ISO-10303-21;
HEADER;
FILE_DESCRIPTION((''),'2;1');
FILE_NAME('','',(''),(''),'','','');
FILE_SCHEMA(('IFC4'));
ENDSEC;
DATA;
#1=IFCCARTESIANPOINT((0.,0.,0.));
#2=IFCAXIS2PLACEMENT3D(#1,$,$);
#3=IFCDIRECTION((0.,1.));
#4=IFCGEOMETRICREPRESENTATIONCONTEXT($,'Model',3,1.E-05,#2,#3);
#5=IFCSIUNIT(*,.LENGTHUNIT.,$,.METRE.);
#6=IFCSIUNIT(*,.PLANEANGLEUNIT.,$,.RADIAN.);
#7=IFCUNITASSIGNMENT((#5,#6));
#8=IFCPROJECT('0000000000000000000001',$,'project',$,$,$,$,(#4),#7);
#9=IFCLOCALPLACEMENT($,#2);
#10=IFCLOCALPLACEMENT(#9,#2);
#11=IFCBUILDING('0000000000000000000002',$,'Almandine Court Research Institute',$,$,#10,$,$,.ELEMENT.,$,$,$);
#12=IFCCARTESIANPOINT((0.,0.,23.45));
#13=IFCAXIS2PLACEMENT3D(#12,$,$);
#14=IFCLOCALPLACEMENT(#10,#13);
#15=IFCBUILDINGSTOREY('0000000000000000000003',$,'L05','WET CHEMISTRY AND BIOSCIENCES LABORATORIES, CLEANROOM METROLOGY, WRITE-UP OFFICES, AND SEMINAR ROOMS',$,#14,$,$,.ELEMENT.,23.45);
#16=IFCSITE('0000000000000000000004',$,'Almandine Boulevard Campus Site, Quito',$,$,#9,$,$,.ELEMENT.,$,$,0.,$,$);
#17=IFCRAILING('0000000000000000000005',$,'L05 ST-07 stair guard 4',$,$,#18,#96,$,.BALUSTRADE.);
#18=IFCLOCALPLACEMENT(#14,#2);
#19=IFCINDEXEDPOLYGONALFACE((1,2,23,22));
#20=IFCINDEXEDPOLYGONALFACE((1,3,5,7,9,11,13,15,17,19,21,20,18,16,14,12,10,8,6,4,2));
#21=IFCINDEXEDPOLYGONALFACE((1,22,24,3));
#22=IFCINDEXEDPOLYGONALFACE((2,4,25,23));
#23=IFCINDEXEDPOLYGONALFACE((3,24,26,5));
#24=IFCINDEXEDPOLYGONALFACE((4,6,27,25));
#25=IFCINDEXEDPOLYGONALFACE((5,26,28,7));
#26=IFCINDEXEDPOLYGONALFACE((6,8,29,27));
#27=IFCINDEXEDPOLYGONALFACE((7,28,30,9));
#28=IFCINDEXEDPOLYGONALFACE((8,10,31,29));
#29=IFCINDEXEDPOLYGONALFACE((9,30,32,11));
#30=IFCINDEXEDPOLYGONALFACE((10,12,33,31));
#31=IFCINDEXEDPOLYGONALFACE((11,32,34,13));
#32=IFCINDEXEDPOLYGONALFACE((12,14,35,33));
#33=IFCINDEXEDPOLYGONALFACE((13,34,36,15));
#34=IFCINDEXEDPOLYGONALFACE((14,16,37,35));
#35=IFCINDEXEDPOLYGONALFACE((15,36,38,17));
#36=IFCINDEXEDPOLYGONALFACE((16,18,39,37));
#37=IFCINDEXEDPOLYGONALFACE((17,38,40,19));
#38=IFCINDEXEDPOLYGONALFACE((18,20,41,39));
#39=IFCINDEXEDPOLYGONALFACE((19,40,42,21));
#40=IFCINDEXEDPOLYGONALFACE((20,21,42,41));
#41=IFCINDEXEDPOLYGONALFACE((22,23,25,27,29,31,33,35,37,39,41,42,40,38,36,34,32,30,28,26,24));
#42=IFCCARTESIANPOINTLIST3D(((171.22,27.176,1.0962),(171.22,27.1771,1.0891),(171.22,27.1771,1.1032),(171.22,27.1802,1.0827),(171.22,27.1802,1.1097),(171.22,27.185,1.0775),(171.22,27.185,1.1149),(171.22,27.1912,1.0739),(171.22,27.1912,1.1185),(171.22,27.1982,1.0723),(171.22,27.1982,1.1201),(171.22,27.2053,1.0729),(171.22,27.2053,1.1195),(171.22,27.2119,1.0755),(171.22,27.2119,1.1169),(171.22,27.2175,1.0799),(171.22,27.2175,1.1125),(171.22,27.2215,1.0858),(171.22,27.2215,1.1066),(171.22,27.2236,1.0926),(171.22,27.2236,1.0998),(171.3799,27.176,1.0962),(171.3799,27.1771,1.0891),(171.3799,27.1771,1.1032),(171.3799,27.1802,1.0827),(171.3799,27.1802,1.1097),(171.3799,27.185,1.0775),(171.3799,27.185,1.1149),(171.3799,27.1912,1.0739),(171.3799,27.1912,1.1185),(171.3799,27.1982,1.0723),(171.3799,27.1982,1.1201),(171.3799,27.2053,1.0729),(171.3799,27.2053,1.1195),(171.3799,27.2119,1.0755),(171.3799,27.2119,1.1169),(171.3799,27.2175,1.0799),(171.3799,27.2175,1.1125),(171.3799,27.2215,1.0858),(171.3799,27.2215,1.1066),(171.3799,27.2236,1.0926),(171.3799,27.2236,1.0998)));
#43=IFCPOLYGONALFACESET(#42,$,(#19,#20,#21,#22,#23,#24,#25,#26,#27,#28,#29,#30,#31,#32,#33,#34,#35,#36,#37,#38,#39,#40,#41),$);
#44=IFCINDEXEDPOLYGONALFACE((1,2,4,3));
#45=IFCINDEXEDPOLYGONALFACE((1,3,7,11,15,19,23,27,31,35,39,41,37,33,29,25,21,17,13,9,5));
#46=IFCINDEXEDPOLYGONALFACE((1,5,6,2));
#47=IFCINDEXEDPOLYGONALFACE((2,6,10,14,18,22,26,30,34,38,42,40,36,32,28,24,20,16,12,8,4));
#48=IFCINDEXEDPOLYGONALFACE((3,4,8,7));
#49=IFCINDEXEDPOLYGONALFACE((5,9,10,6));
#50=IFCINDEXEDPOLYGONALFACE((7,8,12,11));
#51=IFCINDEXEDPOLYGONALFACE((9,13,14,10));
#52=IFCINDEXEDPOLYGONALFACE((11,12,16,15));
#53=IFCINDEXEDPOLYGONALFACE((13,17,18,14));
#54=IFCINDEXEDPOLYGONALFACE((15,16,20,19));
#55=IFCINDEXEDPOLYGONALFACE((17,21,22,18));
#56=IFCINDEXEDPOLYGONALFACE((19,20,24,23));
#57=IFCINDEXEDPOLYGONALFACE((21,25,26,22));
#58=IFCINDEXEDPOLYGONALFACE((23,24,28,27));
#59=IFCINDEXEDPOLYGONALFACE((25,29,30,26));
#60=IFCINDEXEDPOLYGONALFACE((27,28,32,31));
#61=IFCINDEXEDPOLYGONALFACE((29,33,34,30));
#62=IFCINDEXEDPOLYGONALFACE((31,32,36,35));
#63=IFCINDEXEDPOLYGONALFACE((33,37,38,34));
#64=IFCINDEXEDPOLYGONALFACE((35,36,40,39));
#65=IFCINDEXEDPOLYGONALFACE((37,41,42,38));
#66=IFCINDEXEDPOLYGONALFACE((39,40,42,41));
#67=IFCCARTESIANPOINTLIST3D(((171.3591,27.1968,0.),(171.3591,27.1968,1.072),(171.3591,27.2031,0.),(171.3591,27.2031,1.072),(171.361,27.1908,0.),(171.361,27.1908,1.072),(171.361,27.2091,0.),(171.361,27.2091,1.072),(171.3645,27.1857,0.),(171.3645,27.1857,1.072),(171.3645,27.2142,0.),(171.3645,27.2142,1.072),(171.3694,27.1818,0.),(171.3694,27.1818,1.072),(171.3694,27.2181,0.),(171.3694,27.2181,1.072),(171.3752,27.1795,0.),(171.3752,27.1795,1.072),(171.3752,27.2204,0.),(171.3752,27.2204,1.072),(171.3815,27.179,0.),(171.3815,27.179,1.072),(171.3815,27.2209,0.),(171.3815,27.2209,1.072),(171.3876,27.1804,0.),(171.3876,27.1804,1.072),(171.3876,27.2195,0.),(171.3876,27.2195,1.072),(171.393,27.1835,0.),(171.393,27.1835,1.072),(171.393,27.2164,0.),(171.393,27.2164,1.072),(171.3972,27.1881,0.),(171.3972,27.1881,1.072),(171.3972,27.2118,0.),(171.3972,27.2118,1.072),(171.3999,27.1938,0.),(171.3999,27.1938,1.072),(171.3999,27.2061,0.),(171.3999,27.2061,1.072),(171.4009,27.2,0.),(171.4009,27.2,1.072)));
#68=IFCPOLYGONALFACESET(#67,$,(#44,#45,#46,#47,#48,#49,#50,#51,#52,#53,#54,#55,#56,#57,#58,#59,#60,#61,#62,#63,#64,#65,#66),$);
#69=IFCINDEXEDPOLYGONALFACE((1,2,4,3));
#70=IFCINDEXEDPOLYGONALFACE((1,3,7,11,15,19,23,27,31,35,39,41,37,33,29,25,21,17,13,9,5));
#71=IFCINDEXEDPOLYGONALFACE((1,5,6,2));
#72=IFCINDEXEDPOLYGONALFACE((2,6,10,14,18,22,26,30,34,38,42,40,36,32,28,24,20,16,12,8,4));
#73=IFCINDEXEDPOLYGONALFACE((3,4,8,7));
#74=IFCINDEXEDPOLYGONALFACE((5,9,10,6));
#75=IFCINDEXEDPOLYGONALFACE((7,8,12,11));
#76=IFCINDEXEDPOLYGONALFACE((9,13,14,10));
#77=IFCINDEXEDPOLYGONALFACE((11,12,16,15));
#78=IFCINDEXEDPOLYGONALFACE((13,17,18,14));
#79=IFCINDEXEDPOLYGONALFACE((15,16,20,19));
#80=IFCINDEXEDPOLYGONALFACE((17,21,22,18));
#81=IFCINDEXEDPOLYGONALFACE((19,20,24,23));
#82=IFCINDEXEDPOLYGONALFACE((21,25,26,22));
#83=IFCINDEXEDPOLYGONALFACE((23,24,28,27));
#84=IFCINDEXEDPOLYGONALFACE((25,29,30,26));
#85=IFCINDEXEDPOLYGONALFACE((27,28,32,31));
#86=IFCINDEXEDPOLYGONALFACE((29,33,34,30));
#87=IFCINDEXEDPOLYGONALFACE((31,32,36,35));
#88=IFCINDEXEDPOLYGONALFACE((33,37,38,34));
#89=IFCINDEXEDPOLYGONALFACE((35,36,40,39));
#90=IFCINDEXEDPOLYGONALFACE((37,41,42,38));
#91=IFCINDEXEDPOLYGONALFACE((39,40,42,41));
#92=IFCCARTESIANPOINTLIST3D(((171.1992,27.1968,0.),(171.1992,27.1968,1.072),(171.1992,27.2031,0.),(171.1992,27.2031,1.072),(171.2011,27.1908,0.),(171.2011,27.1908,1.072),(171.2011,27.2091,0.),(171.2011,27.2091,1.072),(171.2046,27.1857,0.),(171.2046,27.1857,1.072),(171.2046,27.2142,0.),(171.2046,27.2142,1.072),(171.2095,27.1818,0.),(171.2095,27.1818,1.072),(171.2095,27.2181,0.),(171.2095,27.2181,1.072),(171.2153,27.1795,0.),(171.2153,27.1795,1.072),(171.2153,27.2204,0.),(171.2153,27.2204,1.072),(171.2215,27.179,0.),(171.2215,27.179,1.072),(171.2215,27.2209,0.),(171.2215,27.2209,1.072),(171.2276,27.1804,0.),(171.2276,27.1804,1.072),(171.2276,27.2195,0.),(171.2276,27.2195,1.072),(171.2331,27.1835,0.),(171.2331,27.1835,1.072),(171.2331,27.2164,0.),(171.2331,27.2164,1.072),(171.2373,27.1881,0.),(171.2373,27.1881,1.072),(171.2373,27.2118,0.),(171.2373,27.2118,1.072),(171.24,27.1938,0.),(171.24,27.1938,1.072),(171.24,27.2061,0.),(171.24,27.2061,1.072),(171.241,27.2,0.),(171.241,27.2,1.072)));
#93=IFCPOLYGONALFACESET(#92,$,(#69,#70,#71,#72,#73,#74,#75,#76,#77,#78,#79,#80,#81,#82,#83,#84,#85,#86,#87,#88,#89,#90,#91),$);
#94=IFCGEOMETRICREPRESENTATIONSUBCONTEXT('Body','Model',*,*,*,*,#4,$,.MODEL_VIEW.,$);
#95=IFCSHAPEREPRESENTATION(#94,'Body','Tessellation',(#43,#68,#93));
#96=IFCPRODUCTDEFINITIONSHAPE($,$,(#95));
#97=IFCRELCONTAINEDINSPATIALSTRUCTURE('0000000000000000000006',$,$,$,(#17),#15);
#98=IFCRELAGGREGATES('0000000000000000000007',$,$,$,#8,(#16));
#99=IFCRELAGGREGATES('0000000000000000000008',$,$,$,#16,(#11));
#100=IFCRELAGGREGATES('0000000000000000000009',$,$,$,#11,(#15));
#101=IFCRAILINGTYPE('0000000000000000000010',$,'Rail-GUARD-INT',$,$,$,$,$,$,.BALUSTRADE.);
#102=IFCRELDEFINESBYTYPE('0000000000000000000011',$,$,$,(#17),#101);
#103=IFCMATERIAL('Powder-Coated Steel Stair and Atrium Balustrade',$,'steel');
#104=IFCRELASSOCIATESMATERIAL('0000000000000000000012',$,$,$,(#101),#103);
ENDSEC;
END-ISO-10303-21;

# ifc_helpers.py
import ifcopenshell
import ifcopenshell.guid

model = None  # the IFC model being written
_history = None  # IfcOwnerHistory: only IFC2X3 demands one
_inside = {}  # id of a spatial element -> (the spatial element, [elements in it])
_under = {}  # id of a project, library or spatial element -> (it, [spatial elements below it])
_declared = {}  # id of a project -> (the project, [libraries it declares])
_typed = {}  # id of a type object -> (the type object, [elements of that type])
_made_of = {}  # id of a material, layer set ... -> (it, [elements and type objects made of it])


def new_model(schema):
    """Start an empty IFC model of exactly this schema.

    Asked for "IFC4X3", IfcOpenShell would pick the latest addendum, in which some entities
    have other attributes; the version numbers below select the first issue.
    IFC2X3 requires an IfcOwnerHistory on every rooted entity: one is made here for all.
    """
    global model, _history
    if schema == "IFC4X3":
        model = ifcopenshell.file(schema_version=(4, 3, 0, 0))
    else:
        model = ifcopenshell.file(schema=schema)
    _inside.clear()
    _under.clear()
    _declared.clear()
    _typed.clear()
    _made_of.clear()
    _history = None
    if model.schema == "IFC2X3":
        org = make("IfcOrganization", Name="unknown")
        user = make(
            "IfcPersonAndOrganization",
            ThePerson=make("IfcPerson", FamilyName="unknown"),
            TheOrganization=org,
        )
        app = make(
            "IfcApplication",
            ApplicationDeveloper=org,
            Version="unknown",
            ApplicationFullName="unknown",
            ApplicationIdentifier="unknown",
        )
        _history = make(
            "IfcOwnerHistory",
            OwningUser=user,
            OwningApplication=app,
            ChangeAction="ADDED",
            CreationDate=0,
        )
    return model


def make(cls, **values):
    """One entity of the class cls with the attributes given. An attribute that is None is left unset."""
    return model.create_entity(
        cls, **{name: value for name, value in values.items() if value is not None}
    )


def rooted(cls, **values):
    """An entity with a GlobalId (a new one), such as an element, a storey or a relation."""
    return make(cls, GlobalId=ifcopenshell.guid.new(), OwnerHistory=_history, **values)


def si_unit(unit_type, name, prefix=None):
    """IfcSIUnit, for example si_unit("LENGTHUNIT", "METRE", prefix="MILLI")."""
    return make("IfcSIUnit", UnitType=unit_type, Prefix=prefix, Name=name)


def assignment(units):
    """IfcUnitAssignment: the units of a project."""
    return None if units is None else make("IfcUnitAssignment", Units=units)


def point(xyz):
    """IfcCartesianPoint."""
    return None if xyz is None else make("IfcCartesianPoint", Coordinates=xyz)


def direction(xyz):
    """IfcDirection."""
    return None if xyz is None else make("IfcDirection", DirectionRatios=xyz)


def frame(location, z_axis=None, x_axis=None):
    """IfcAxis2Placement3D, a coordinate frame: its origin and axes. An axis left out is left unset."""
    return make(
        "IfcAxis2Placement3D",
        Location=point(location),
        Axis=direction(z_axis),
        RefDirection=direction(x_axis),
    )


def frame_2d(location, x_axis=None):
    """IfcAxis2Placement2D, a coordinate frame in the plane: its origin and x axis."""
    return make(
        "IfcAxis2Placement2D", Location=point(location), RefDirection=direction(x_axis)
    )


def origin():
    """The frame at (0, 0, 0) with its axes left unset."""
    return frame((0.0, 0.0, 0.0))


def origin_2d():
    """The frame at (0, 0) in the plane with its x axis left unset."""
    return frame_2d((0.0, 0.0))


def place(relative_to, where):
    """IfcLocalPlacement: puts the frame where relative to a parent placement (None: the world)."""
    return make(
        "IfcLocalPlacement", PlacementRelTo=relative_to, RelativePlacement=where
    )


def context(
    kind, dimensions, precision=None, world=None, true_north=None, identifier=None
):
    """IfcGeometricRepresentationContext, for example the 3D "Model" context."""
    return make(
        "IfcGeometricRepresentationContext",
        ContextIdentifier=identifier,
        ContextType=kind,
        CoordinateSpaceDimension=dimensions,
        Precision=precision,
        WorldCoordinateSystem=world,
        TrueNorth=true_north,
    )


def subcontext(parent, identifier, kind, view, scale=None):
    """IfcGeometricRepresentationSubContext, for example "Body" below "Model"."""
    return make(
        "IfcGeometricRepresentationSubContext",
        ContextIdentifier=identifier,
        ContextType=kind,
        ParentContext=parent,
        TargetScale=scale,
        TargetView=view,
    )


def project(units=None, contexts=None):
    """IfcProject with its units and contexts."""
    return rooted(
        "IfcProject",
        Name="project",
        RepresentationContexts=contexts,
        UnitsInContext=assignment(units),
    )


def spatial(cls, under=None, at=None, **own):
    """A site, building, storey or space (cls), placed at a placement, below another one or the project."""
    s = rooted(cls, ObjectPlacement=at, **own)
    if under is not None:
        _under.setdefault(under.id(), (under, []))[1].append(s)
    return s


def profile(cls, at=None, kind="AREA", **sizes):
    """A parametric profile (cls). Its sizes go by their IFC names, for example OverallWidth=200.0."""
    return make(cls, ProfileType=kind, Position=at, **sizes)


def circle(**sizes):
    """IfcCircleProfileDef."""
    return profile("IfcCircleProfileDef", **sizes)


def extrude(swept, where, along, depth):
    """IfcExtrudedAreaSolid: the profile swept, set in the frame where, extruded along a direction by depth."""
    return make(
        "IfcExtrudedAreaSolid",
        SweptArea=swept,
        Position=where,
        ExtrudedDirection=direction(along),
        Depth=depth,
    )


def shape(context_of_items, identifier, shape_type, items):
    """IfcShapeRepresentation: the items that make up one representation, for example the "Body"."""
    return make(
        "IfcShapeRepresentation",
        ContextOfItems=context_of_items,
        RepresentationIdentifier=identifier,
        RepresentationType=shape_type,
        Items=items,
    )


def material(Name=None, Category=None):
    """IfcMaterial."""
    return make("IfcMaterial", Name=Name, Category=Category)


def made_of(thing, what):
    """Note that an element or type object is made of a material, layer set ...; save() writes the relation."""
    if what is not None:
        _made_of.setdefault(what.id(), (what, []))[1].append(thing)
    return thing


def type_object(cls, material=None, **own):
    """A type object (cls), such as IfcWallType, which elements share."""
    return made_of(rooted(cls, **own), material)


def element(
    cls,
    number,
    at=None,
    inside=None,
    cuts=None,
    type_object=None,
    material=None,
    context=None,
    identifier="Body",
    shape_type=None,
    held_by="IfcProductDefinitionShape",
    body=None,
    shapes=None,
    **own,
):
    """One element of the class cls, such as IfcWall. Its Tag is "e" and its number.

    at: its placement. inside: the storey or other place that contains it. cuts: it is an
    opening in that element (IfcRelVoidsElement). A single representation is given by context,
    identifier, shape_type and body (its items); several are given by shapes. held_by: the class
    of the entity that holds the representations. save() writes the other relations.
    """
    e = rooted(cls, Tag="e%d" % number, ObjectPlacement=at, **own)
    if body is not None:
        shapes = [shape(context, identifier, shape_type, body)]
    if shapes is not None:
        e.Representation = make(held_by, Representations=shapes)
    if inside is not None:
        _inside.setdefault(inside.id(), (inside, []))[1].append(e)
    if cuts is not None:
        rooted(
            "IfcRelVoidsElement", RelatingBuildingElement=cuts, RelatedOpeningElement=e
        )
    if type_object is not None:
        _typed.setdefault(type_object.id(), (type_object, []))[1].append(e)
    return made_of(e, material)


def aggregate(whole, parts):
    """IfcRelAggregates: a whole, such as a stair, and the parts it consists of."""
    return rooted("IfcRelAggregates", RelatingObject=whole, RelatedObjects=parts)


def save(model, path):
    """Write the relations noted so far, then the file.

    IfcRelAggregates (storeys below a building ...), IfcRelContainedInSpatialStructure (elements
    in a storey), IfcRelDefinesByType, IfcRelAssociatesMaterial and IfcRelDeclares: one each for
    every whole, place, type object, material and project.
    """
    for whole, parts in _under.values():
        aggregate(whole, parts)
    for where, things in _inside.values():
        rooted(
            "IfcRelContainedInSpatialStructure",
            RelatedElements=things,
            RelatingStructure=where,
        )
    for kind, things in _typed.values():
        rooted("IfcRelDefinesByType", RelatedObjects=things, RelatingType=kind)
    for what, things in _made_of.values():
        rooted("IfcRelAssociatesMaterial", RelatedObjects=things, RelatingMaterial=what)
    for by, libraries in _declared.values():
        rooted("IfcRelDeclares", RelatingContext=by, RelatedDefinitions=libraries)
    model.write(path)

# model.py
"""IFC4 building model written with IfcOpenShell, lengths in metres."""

from ifc_helpers import new_model, si_unit, direction, frame, origin, origin_2d, place, context, subcontext, project, spatial, circle, extrude, material, type_object, element, save


model = new_model("IFC4")

# Units and contexts
model_context = context("Model", 3, precision=1e-05, world=origin(), true_north=direction((0.0, 1.0)))
body_context = subcontext(model_context, "Body", "Model", "MODEL_VIEW")
ifc_project = project(units=[si_unit("LENGTHUNIT", "METRE"), si_unit("PLANEANGLEUNIT", "RADIAN")], contexts=[model_context])

# Site, building, storey
site_placement = place(None, origin())
site = spatial("IfcSite", under=ifc_project, at=site_placement, Name="Almandine Boulevard Campus Site, Quito", CompositionType="ELEMENT", RefElevation=0.0)
building_placement = place(site_placement, origin())
building = spatial("IfcBuilding", under=site, at=building_placement, Name="Almandine Court Research Institute", CompositionType="ELEMENT")
storey_placement = place(building_placement, frame((0.0, 0.0, 23.45)))
storey = spatial("IfcBuildingStorey", under=building, at=storey_placement, Name="L05", Description="WET CHEMISTRY AND BIOSCIENCES LABORATORIES, CLEANROOM METROLOGY, WRITE-UP OFFICES, AND SEMINAR ROOMS", CompositionType="ELEMENT", Elevation=23.45)

# Railing
ifc_material_1 = material(Name="Powder-Coated Steel Stair and Atrium Balustrade", Category="steel")
railing_type_1 = type_object("IfcRailingType", Name="Rail-GUARD-INT", PredefinedType="BALUSTRADE", material=ifc_material_1)
railing_1_placement = place(storey_placement, frame((171.3799, 27.2, 0.0)))
element("IfcRailing", 1, at=railing_1_placement, inside=storey, type_object=railing_type_1, Name="L05 ST-07 stair guard 4", PredefinedType="BALUSTRADE", context=body_context, shape_type="SweptSolid", body=[
    extrude(circle(Radius=0.0239, at=origin_2d()), frame((0.0, 0.0, 1.0962), z_axis=(-1.0, 0.0, 0.0), x_axis=(0.0, -1.0, 0.0)), (0.0, 0.0, 1.0), 0.1599),
    extrude(circle(Radius=0.021, at=origin_2d()), origin(), (0.0, 0.0, 1.0), 1.072),
    extrude(circle(Radius=0.021, at=origin_2d()), frame((-0.1599, 0.0, 0.0)), (0.0, 0.0, 1.0), 1.072),
])

save(model, "model.ifc")
